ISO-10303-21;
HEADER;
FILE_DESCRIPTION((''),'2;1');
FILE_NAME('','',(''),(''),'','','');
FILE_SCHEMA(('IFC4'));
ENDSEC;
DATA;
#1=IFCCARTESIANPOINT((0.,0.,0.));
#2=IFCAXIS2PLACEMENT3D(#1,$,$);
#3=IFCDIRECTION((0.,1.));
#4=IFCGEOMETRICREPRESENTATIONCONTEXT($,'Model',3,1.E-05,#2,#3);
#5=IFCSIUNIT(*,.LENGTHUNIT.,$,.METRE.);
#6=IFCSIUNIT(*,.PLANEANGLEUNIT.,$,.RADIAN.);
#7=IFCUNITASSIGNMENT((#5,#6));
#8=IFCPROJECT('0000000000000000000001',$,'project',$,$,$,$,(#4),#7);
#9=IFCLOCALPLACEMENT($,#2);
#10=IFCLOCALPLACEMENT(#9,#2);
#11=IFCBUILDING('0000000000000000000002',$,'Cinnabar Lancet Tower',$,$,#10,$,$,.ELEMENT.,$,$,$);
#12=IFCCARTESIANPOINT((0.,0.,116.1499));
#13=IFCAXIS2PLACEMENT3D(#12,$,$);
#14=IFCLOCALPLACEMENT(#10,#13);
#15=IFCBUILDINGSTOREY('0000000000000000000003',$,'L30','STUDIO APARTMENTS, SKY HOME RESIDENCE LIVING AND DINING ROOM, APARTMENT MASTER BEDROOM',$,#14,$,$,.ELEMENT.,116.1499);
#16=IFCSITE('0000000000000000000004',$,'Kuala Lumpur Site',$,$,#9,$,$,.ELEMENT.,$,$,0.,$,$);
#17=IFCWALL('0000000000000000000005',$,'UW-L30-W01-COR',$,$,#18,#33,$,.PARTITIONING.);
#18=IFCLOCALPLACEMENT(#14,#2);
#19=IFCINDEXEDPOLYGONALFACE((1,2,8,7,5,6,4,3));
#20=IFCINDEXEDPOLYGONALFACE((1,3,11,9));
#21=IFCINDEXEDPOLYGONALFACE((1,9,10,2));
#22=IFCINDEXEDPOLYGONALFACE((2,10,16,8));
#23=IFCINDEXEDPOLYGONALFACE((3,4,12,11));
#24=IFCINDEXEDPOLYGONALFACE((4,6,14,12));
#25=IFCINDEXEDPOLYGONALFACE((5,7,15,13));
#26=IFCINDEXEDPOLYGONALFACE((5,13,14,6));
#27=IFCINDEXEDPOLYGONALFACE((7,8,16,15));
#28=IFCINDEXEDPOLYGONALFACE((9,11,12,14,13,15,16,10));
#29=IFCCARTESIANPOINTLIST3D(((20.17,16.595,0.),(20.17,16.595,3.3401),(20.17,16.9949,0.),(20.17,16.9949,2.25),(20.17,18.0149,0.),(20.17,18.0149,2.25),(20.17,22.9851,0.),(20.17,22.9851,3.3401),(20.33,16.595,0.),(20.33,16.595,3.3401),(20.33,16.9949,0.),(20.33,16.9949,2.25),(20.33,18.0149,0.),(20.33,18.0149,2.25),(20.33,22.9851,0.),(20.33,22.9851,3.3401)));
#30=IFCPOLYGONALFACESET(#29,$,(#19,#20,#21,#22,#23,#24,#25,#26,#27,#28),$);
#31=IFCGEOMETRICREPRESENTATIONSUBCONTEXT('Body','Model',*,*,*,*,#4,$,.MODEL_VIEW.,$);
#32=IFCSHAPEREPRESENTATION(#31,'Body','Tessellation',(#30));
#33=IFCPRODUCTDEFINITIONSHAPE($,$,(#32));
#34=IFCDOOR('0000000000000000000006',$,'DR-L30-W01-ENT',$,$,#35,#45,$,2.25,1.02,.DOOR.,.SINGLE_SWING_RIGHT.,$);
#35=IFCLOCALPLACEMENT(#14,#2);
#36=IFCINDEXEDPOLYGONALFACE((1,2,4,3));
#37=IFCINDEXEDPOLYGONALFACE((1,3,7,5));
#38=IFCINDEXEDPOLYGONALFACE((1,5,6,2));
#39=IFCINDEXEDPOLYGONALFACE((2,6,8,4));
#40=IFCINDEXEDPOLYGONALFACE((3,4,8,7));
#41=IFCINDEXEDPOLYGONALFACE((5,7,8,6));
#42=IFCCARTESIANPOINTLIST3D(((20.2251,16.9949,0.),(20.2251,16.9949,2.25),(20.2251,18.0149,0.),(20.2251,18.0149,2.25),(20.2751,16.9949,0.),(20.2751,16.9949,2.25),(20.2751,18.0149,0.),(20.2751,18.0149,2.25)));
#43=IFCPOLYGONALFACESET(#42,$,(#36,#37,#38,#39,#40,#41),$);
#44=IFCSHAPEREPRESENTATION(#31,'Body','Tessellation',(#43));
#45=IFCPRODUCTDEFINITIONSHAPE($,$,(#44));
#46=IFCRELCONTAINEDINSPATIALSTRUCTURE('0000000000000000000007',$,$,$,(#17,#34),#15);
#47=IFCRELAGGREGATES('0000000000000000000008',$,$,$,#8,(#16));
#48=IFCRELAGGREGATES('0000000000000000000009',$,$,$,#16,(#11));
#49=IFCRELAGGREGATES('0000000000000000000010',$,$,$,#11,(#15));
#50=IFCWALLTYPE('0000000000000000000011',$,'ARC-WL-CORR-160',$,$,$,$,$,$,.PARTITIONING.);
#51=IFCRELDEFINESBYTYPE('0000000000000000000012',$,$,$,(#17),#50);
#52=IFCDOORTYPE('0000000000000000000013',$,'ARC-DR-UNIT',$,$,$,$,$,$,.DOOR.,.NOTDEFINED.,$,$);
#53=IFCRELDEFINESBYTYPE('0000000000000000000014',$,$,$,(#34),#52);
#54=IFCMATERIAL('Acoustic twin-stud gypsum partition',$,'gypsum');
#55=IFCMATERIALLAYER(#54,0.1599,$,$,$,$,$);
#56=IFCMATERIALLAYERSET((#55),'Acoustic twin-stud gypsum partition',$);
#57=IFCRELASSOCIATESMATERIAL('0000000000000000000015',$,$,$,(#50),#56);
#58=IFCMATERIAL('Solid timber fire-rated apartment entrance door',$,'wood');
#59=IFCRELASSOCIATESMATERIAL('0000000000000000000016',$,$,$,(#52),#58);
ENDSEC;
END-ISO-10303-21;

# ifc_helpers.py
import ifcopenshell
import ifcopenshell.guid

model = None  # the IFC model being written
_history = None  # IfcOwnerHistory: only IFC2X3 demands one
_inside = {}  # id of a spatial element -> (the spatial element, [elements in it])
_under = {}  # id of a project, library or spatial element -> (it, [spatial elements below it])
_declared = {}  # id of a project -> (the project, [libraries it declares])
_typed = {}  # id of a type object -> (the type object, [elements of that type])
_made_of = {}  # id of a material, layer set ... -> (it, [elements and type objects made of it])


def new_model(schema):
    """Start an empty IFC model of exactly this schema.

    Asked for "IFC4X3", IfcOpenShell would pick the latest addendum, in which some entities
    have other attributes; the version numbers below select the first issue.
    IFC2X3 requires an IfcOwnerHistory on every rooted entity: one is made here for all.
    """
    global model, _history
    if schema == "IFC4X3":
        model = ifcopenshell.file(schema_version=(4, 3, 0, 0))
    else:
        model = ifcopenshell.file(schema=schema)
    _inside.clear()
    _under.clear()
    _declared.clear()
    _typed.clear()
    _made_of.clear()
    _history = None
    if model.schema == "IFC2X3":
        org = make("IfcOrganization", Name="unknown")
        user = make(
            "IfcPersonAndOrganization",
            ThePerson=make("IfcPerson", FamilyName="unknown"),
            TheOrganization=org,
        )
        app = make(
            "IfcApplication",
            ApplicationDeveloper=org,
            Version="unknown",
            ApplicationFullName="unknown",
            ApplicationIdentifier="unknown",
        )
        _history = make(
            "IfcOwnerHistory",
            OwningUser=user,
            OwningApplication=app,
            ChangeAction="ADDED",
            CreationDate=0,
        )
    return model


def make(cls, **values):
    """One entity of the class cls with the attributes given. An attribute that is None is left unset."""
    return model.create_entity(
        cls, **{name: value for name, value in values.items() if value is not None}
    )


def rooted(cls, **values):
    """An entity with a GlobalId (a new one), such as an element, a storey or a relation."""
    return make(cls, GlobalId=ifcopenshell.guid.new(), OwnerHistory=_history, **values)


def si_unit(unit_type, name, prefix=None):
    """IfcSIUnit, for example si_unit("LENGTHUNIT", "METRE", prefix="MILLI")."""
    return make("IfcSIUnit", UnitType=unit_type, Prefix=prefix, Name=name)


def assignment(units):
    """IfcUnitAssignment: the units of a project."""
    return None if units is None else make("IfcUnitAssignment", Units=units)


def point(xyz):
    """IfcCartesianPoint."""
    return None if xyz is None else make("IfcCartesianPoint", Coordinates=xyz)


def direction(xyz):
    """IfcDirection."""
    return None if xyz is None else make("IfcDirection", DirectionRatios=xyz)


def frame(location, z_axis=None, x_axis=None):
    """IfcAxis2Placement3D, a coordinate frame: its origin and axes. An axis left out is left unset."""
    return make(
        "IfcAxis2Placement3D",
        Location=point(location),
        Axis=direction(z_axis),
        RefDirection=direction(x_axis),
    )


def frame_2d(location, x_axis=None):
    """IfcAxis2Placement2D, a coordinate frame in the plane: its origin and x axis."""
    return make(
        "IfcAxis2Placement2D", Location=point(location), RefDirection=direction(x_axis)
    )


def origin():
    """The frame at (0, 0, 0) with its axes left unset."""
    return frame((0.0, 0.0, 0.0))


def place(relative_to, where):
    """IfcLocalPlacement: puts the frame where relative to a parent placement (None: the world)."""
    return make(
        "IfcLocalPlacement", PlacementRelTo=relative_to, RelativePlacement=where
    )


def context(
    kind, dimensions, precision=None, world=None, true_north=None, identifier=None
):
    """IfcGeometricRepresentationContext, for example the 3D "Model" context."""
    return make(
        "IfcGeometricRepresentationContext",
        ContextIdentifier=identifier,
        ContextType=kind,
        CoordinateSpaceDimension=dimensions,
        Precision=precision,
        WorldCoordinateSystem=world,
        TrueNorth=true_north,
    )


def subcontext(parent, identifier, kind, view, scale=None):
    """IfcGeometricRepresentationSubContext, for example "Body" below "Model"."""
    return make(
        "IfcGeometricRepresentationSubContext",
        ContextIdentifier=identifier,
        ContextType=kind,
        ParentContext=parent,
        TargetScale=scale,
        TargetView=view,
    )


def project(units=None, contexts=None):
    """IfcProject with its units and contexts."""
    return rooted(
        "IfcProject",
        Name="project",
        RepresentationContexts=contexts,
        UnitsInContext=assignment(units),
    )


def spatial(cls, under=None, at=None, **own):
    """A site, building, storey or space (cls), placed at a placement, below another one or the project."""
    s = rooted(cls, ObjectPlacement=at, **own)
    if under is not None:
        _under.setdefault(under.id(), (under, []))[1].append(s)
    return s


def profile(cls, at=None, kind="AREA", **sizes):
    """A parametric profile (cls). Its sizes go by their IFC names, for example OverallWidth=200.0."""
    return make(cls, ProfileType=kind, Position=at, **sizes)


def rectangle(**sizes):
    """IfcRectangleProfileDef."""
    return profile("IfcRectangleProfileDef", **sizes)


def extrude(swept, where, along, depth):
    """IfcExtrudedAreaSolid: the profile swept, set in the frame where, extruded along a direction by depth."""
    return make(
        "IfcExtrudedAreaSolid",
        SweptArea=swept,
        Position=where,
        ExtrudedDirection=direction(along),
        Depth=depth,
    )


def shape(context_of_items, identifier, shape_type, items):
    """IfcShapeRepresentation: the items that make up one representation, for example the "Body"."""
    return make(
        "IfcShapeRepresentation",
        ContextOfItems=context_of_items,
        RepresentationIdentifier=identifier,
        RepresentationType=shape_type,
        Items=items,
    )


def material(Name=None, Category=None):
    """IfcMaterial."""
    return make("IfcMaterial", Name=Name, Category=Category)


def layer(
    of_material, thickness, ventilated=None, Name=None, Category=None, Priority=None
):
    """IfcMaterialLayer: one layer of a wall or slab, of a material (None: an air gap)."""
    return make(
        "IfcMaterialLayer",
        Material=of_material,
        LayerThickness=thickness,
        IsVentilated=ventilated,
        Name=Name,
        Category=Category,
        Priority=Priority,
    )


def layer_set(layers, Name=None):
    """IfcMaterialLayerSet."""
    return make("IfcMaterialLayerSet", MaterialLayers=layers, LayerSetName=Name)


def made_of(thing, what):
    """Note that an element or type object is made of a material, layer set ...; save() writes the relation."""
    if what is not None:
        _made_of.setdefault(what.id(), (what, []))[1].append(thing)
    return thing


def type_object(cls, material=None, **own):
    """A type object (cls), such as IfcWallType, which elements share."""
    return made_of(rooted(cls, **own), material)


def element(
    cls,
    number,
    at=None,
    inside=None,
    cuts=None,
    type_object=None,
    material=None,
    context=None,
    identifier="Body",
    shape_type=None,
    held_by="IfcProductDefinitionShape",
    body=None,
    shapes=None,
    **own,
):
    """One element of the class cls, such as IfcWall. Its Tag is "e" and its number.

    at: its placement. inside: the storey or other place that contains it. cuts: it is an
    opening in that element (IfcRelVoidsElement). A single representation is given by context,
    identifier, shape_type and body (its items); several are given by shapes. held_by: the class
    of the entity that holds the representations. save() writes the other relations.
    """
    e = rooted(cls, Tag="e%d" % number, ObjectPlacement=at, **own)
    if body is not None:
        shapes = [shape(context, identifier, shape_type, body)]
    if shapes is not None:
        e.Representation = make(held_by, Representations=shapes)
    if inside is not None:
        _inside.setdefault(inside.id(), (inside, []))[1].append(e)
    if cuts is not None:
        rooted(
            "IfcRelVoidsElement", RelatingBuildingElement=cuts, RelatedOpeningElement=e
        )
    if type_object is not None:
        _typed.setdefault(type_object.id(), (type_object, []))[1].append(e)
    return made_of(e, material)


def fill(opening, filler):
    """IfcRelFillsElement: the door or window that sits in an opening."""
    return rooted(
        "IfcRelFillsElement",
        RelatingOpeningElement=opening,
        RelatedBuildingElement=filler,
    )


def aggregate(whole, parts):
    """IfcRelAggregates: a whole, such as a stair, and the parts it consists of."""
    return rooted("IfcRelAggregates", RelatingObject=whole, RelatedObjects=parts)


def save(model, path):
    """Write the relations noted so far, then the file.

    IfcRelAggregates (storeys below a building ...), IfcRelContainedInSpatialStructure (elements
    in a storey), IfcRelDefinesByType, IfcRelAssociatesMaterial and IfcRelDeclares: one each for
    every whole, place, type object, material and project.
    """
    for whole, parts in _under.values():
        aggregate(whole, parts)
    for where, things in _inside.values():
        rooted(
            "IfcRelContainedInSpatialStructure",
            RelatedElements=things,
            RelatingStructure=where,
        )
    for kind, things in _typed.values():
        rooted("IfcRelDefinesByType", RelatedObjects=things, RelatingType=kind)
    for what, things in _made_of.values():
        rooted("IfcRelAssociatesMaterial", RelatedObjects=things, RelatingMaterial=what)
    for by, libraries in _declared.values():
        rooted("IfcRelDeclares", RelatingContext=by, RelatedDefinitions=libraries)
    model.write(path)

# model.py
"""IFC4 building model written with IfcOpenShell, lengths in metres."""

from ifc_helpers import new_model, si_unit, direction, frame, frame_2d, origin, place, context, subcontext, project, spatial, rectangle, extrude, material, layer, layer_set, type_object, element, fill, save


model = new_model("IFC4")

# Units and contexts
model_context = context("Model", 3, precision=1e-05, world=origin(), true_north=direction((0.0, 1.0)))
body_context = subcontext(model_context, "Body", "Model", "MODEL_VIEW")
ifc_project = project(units=[si_unit("LENGTHUNIT", "METRE"), si_unit("PLANEANGLEUNIT", "RADIAN")], contexts=[model_context])

# Site, building, storey
site_placement = place(None, origin())
site = spatial("IfcSite", under=ifc_project, at=site_placement, Name="Kuala Lumpur Site", CompositionType="ELEMENT", RefElevation=0.0)
building_placement = place(site_placement, origin())
building = spatial("IfcBuilding", under=site, at=building_placement, Name="Cinnabar Lancet Tower", CompositionType="ELEMENT")
storey_placement = place(building_placement, frame((0.0, 0.0, 116.1499)))
storey = spatial("IfcBuildingStorey", under=building, at=storey_placement, Name="L30", Description="STUDIO APARTMENTS, SKY HOME RESIDENCE LIVING AND DINING ROOM, APARTMENT MASTER BEDROOM", CompositionType="ELEMENT", Elevation=116.1499)

# Wall, opening, door
ifc_material_1 = material(Name="Acoustic twin-stud gypsum partition", Category="gypsum")
ifc_layer = layer(ifc_material_1, 0.1599)
ifc_layer_set = layer_set([ifc_layer], Name="Acoustic twin-stud gypsum partition")
wall_type = type_object("IfcWallType", Name="ARC-WL-CORR-160", PredefinedType="PARTITIONING", material=ifc_layer_set)
ifc_material_2 = material(Name="Solid timber fire-rated apartment entrance door", Category="wood")
door_type = type_object("IfcDoorType", Name="ARC-DR-UNIT", OperationType="NOTDEFINED", PredefinedType="DOOR", material=ifc_material_2)
wall_1_placement = place(storey_placement, frame((20.25, 16.595, 0.0), z_axis=(0.0, 0.0, 1.0), x_axis=(0.0, 1.0, 0.0)))
wall_1 = element("IfcWall", 1, at=wall_1_placement, inside=storey, type_object=wall_type, Name="UW-L30-W01-COR", PredefinedType="PARTITIONING", context=body_context, shape_type="SweptSolid", body=[
    extrude(rectangle(XDim=6.3901, YDim=0.1599, at=frame_2d((3.1951, 0.0))), origin(), (0.0, 0.0, 1.0), 3.3401),
])
opening_1_placement = place(wall_1_placement, frame((0.3999, 0.0, 0.0)))
opening_1 = element("IfcOpeningElement", 2, at=opening_1_placement, cuts=wall_1, PredefinedType="OPENING", context=body_context, shape_type="SweptSolid", body=[
    extrude(rectangle(XDim=1.02, YDim=2.25, at=frame_2d((0.51, 1.125))), frame((0.0, 0.0898, 0.0), z_axis=(0.0, -1.0, 0.0), x_axis=(1.0, 0.0, 0.0)), (0.0, 0.0, 1.0), 0.1799),
])
door_1_placement = place(opening_1_placement, origin())
door_1 = element("IfcDoor", 3, at=door_1_placement, inside=storey, type_object=door_type, Name="DR-L30-W01-ENT", OperationType="SINGLE_SWING_RIGHT", OverallHeight=2.25, OverallWidth=1.02, PredefinedType="DOOR", context=body_context, shape_type="SweptSolid", body=[
    extrude(rectangle(XDim=1.02, YDim=2.25, at=frame_2d((0.51, 1.125))), frame((0.0, 0.0249, 0.0), z_axis=(0.0, -1.0, 0.0), x_axis=(1.0, 0.0, 0.0)), (0.0, 0.0, 1.0), 0.05),
])
fill(opening_1, door_1)

save(model, "model.ifc")
